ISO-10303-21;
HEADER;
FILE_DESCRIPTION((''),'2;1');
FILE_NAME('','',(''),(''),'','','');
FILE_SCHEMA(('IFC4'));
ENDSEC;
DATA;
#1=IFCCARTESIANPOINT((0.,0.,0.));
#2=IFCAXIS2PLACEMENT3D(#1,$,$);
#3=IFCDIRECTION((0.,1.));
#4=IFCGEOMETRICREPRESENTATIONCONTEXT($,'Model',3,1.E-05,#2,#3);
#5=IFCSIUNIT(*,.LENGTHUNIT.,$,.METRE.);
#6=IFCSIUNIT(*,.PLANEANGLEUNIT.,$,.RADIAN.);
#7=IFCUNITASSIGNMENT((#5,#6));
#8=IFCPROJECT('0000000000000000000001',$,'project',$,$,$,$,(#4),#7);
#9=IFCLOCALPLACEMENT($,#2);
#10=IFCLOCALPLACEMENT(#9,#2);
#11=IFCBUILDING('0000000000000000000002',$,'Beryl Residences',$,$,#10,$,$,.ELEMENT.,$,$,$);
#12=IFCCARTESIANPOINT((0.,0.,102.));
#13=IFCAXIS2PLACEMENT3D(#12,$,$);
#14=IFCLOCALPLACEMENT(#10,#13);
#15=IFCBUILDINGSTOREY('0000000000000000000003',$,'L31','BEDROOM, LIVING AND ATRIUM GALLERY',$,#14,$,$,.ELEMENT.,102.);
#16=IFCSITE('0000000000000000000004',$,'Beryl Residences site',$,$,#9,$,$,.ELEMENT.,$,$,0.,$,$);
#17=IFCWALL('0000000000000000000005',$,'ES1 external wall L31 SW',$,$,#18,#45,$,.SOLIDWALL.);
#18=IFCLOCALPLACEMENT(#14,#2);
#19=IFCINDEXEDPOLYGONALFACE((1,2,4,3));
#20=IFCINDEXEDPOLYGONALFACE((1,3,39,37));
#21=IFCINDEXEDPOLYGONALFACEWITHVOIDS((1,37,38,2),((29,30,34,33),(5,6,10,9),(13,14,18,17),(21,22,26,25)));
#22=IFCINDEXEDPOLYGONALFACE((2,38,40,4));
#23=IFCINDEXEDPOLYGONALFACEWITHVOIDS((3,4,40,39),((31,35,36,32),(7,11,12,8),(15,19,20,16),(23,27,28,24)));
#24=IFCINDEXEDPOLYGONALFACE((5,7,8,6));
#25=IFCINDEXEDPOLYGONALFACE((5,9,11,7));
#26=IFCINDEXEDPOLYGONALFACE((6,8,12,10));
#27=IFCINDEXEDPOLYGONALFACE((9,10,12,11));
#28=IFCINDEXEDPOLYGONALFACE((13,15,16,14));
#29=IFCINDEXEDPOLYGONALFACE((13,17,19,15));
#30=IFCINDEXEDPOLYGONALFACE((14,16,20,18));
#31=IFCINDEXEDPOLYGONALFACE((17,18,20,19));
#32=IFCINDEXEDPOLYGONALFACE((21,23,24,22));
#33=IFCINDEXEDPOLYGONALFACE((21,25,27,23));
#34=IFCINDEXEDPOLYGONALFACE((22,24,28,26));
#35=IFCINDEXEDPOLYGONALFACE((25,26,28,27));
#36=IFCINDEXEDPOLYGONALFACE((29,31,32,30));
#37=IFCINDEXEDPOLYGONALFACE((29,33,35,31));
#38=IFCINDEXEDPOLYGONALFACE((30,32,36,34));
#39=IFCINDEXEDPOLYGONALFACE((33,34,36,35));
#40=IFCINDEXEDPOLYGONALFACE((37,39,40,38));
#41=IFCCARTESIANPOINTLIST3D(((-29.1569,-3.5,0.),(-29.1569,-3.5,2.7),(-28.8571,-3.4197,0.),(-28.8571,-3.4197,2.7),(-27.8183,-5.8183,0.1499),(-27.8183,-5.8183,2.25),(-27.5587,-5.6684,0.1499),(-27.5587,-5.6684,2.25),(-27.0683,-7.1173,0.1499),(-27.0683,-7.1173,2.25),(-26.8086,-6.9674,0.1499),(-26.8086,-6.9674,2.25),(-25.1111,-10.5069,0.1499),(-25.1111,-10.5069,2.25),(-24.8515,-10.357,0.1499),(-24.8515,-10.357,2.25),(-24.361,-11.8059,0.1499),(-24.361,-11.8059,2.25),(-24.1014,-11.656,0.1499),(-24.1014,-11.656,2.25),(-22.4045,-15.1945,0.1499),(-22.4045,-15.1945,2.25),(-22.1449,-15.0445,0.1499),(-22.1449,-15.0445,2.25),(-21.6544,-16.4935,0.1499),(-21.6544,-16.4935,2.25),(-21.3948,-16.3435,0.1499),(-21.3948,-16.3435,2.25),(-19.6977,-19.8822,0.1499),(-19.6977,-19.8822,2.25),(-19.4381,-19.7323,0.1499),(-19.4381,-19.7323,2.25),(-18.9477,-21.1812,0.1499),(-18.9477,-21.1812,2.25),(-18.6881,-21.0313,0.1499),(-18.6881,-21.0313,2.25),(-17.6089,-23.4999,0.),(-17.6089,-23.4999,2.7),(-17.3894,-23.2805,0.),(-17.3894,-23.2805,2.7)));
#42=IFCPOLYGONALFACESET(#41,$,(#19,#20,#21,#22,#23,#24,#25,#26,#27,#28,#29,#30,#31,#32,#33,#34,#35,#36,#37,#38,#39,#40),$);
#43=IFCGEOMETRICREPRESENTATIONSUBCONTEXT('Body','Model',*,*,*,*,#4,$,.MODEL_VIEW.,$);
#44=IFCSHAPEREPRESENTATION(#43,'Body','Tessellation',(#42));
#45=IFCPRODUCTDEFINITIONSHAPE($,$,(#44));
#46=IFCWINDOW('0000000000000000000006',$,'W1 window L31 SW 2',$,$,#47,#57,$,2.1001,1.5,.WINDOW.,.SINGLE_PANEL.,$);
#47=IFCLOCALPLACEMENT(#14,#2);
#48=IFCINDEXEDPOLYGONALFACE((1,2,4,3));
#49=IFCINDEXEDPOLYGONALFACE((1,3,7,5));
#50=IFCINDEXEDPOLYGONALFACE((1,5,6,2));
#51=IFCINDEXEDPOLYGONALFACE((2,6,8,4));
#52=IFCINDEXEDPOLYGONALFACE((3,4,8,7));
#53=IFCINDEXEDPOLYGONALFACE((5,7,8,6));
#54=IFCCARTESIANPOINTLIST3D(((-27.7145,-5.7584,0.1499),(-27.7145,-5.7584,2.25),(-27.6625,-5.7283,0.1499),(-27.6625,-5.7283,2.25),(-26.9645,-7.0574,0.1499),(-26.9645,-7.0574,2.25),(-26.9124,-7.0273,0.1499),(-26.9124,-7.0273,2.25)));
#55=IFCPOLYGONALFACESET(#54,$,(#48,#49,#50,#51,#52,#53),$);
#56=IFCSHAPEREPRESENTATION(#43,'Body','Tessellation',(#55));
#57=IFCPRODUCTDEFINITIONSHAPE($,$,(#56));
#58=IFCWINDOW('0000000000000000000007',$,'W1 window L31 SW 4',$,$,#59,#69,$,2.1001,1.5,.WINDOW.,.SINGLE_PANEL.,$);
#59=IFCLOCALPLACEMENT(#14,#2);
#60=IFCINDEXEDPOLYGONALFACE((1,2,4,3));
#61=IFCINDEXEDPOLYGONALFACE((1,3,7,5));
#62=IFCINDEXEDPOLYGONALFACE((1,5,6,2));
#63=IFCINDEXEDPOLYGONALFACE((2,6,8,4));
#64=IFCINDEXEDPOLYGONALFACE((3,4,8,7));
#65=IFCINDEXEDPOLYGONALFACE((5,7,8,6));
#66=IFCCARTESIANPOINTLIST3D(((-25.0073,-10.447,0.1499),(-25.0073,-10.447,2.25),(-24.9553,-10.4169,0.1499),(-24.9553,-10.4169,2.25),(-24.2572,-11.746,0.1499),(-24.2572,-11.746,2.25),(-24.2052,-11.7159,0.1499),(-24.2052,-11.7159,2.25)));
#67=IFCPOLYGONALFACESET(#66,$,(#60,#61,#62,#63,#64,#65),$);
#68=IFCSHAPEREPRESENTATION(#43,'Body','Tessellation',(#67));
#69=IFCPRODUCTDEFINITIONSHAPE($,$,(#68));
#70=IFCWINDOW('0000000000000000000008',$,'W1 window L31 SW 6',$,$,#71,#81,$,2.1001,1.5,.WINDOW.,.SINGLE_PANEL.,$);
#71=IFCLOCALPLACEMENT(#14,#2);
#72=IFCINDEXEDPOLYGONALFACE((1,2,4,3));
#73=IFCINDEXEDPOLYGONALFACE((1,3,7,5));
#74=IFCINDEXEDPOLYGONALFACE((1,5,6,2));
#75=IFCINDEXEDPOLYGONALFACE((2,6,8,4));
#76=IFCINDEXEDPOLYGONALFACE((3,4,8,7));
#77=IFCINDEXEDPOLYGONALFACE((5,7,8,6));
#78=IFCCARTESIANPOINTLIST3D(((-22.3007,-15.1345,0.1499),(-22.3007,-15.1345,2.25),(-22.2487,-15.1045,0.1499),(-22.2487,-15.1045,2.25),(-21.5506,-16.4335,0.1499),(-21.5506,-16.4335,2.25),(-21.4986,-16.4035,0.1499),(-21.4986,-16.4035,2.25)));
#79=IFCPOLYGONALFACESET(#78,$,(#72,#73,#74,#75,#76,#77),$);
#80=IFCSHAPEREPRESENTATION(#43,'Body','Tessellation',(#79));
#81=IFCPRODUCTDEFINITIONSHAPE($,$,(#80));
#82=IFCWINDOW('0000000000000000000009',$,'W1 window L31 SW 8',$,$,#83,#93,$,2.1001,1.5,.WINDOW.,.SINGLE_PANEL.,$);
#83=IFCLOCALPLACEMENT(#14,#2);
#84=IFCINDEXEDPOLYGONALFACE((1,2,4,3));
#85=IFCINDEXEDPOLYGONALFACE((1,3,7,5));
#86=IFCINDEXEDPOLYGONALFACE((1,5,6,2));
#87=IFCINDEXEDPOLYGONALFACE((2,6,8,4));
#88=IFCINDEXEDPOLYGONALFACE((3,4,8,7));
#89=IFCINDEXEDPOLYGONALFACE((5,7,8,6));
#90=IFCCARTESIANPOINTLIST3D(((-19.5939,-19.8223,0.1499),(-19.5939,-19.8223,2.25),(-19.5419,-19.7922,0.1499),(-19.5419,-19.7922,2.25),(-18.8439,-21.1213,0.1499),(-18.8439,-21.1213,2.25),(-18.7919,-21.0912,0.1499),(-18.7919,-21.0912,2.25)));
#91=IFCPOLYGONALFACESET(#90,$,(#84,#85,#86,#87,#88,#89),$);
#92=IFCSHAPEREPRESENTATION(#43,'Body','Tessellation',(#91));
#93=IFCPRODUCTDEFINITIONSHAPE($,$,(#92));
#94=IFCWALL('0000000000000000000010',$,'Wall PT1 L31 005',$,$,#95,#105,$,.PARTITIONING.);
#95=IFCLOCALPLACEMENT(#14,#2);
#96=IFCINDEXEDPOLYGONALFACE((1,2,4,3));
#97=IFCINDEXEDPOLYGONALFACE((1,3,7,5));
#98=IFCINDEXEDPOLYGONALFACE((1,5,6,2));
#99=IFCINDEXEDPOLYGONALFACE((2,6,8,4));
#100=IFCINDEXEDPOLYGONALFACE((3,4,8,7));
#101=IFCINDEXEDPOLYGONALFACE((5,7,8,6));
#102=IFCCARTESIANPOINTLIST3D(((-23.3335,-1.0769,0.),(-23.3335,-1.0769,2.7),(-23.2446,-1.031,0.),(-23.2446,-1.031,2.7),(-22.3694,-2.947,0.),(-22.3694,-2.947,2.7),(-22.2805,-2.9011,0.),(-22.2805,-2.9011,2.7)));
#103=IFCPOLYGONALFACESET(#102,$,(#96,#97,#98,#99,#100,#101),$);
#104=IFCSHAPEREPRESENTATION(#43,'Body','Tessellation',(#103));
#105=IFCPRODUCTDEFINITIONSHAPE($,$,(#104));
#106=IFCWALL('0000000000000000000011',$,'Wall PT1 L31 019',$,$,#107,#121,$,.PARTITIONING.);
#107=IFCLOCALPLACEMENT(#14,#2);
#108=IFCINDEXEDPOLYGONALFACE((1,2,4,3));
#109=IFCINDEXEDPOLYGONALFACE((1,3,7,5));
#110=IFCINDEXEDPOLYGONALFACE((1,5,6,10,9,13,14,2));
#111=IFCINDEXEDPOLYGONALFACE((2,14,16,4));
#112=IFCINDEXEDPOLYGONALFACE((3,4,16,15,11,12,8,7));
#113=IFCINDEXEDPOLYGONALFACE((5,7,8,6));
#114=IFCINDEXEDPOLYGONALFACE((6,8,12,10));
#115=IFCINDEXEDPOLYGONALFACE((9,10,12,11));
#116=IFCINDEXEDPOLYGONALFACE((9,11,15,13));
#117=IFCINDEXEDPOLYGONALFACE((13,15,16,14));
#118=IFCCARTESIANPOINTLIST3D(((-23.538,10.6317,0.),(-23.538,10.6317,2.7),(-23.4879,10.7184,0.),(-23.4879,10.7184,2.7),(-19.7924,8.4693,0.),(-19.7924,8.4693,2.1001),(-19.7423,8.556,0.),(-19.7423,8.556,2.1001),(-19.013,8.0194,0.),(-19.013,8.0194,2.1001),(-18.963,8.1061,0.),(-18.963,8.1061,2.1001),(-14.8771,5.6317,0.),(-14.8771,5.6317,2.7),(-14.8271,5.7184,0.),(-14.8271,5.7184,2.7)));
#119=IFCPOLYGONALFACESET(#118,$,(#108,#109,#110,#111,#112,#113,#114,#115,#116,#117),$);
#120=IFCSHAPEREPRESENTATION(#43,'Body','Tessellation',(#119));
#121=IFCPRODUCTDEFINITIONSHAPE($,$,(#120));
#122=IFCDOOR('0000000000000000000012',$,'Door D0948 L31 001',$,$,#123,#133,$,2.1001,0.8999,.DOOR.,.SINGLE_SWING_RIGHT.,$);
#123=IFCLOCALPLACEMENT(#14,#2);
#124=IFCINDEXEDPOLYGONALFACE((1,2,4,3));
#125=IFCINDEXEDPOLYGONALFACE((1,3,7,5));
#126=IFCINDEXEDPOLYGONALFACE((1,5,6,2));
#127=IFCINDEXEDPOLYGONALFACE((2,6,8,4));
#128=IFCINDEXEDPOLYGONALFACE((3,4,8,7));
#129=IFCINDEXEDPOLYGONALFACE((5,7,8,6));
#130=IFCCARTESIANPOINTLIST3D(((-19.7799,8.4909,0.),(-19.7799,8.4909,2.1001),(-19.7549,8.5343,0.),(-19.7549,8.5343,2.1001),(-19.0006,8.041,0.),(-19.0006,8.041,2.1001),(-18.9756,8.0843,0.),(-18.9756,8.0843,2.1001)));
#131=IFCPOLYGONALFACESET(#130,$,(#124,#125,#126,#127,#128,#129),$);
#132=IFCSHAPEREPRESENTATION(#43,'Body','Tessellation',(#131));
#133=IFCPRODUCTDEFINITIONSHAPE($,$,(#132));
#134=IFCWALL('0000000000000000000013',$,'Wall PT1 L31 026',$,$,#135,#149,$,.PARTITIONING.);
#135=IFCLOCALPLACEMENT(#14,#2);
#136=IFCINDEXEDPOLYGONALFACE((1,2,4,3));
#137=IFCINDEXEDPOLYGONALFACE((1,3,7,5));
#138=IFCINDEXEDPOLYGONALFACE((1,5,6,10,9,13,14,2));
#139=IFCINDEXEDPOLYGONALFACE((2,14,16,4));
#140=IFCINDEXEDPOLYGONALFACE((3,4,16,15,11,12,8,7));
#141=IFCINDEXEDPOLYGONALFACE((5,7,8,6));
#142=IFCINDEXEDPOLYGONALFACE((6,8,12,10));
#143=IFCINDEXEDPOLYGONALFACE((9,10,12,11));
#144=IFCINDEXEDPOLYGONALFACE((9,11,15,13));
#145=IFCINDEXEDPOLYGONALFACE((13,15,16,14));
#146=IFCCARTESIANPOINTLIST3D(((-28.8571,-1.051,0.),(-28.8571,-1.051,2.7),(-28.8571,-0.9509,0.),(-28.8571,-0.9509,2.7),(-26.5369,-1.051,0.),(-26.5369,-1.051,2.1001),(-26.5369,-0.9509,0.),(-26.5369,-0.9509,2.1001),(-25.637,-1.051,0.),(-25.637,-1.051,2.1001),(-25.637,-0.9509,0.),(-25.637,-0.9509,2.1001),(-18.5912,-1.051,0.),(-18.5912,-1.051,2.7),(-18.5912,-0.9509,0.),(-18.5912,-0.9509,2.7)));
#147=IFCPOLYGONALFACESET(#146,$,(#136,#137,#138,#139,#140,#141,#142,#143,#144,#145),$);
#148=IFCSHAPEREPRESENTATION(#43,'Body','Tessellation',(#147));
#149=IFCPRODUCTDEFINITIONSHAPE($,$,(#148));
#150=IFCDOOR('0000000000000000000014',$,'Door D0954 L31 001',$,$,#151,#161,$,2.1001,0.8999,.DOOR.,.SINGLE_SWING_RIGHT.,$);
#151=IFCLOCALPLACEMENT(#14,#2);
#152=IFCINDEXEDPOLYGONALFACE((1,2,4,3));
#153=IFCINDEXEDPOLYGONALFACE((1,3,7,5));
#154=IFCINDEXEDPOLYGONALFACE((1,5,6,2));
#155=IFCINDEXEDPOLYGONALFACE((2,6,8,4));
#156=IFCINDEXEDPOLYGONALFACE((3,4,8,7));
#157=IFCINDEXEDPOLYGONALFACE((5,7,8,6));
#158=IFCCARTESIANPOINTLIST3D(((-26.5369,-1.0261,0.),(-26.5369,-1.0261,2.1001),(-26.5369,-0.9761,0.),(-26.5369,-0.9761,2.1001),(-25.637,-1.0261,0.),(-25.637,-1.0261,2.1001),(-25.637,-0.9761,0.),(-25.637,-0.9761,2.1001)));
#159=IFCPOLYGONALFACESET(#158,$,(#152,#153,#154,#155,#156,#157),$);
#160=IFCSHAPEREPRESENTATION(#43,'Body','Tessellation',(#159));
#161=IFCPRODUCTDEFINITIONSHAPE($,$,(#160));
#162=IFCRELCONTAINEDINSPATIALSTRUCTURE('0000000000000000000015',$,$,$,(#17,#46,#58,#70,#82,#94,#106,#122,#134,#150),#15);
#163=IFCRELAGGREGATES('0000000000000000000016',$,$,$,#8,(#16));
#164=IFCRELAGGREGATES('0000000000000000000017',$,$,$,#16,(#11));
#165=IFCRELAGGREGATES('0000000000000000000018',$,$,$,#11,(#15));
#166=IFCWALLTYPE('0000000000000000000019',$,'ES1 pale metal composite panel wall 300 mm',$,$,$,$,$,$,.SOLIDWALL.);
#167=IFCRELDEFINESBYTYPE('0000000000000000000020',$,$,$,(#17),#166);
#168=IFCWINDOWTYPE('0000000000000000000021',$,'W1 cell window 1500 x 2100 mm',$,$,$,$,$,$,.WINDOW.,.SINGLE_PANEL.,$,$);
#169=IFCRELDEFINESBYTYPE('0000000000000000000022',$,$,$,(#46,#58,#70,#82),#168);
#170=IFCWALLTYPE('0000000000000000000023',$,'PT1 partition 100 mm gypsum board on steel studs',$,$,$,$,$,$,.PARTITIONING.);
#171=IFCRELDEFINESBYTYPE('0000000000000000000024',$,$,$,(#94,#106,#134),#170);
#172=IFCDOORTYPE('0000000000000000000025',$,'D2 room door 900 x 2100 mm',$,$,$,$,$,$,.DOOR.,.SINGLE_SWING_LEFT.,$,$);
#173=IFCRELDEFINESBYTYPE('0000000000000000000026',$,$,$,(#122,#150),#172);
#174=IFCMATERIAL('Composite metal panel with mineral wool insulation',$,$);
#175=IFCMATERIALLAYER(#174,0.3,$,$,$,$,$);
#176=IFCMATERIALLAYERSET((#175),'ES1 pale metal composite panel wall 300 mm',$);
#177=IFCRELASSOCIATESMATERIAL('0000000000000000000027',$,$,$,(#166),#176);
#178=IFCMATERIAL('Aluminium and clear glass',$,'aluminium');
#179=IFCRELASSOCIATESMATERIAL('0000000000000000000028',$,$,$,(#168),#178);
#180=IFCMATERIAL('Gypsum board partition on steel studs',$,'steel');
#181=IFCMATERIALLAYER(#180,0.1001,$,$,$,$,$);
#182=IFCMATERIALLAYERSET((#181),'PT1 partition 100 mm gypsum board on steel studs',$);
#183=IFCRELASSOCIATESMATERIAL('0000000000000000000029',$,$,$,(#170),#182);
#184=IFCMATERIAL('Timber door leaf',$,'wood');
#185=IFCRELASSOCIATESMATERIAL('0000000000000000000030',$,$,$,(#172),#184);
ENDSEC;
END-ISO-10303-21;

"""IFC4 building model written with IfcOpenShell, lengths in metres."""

from ifc_helpers import new_model, si_unit, direction, frame, frame_2d, origin, place, context, subcontext, project, spatial, polyline, rectangle, outline, extrude, material, layer, layer_set, type_object, element, fill, save


model = new_model("IFC4")

# Units and contexts
model_context = context("Model", 3, precision=1e-05, world=origin(), true_north=direction((0.0, 1.0)))
body_context = subcontext(model_context, "Body", "Model", "MODEL_VIEW")
ifc_project = project(units=[si_unit("LENGTHUNIT", "METRE"), si_unit("PLANEANGLEUNIT", "RADIAN")], contexts=[model_context])

# Site, building, storey
site_placement = place(None, origin())
site = spatial("IfcSite", under=ifc_project, at=site_placement, Name="Beryl Residences site", CompositionType="ELEMENT", RefElevation=0.0)
building_placement = place(site_placement, origin())
building = spatial("IfcBuilding", under=site, at=building_placement, Name="Beryl Residences", CompositionType="ELEMENT")
storey_placement = place(building_placement, frame((0.0, 0.0, 102.0)))
storey = spatial("IfcBuildingStorey", under=building, at=storey_placement, Name="L31", Description="BEDROOM, LIVING AND ATRIUM GALLERY", CompositionType="ELEMENT", Elevation=102.0)

# Shared definitions
ifc_material_1 = material(Name="Composite metal panel with mineral wool insulation")
ifc_layer_1 = layer(ifc_material_1, 0.3)
ifc_layer_set_1 = layer_set([ifc_layer_1], Name="ES1 pale metal composite panel wall 300 mm")
wall_type_1 = type_object("IfcWallType", Name="ES1 pale metal composite panel wall 300 mm", PredefinedType="SOLIDWALL", material=ifc_layer_set_1)

# Wall, openings, windows
wall_1_placement = place(storey_placement, frame((-29.0271, -3.425, 0.0), z_axis=(0.0, 0.0, 1.0), x_axis=(0.500035, -0.866005, 0.0)))
wall_1 = element("IfcWall", 1, at=wall_1_placement, inside=storey, type_object=wall_type_1, Name="ES1 external wall L31 SW", PredefinedType="SOLIDWALL", context=body_context, shape_type="SweptSolid", body=[
    extrude(outline(polyline([(0.0, -0.1499), (23.0945, -0.1499), (23.0142, 0.1499), (0.0803, 0.1499), (0.0, -0.1499)])), origin(), (0.0, 0.0, 1.0), 2.7),
])
opening_1_placement = place(wall_1_placement, frame((2.677, 0.0, 0.1499)))
opening_1 = element("IfcOpeningElement", 2, at=opening_1_placement, cuts=wall_1, PredefinedType="OPENING", context=body_context, shape_type="SweptSolid", body=[
    extrude(rectangle(XDim=1.5, YDim=2.1001, at=frame_2d((0.75, 1.05))), frame((0.0, 0.1599, 0.0), z_axis=(0.0, -1.0, 0.0), x_axis=(1.0, 0.0, 0.0)), (0.0, 0.0, 1.0), 0.3201),
])
opening_2_placement = place(wall_1_placement, frame((8.0911, 0.0, 0.1499)))
opening_2 = element("IfcOpeningElement", 3, at=opening_2_placement, cuts=wall_1, PredefinedType="OPENING", context=body_context, shape_type="SweptSolid", body=[
    extrude(rectangle(XDim=1.5, YDim=2.1001, at=frame_2d((0.75, 1.05))), frame((0.0, 0.1599, 0.0), z_axis=(0.0, -1.0, 0.0), x_axis=(1.0, 0.0, 0.0)), (0.0, 0.0, 1.0), 0.3201),
])
opening_3_placement = place(wall_1_placement, frame((13.5039, 0.0, 0.1499)))
opening_3 = element("IfcOpeningElement", 4, at=opening_3_placement, cuts=wall_1, PredefinedType="OPENING", context=body_context, shape_type="SweptSolid", body=[
    extrude(rectangle(XDim=1.5, YDim=2.1001, at=frame_2d((0.75, 1.05))), frame((0.0, 0.1599, 0.0), z_axis=(0.0, -1.0, 0.0), x_axis=(1.0, 0.0, 0.0)), (0.0, 0.0, 1.0), 0.3201),
])
opening_4_placement = place(wall_1_placement, frame((18.917, 0.0, 0.1499)))
opening_4 = element("IfcOpeningElement", 5, at=opening_4_placement, cuts=wall_1, PredefinedType="OPENING", context=body_context, shape_type="SweptSolid", body=[
    extrude(rectangle(XDim=1.5, YDim=2.1001, at=frame_2d((0.75, 1.05))), frame((0.0, 0.1599, 0.0), z_axis=(0.0, -1.0, 0.0), x_axis=(1.0, 0.0, 0.0)), (0.0, 0.0, 1.0), 0.3201),
])
ifc_material_2 = material(Name="Aluminium and clear glass", Category="aluminium")
window_type_1 = type_object("IfcWindowType", Name="W1 cell window 1500 x 2100 mm", PartitioningType="SINGLE_PANEL", PredefinedType="WINDOW", material=ifc_material_2)
window_1_placement = place(opening_1_placement, origin())
window_1 = element("IfcWindow", 6, at=window_1_placement, inside=storey, type_object=window_type_1, Name="W1 window L31 SW 2", OverallHeight=2.1001, OverallWidth=1.5, PartitioningType="SINGLE_PANEL", PredefinedType="WINDOW", context=body_context, shape_type="SweptSolid", body=[
    extrude(rectangle(XDim=1.5, YDim=2.1001, at=frame_2d((0.75, 1.05))), frame((0.0, 0.03, 0.0), z_axis=(0.0, -1.0, 0.0), x_axis=(1.0, 0.0, 0.0)), (0.0, 0.0, 1.0), 0.0601),
])
fill(opening_1, window_1)
window_2_placement = place(opening_2_placement, origin())
window_2 = element("IfcWindow", 7, at=window_2_placement, inside=storey, type_object=window_type_1, Name="W1 window L31 SW 4", OverallHeight=2.1001, OverallWidth=1.5, PartitioningType="SINGLE_PANEL", PredefinedType="WINDOW", context=body_context, shape_type="SweptSolid", body=[
    extrude(rectangle(XDim=1.5, YDim=2.1001, at=frame_2d((0.75, 1.05))), frame((0.0, 0.03, 0.0), z_axis=(0.0, -1.0, 0.0), x_axis=(1.0, 0.0, 0.0)), (0.0, 0.0, 1.0), 0.0601),
])
fill(opening_2, window_2)
window_3_placement = place(opening_3_placement, origin())
window_3 = element("IfcWindow", 8, at=window_3_placement, inside=storey, type_object=window_type_1, Name="W1 window L31 SW 6", OverallHeight=2.1001, OverallWidth=1.5, PartitioningType="SINGLE_PANEL", PredefinedType="WINDOW", context=body_context, shape_type="SweptSolid", body=[
    extrude(rectangle(XDim=1.5, YDim=2.1001, at=frame_2d((0.75, 1.05))), frame((0.0, 0.03, 0.0), z_axis=(0.0, -1.0, 0.0), x_axis=(1.0, 0.0, 0.0)), (0.0, 0.0, 1.0), 0.0601),
])
fill(opening_3, window_3)
window_4_placement = place(opening_4_placement, origin())
window_4 = element("IfcWindow", 9, at=window_4_placement, inside=storey, type_object=window_type_1, Name="W1 window L31 SW 8", OverallHeight=2.1001, OverallWidth=1.5, PartitioningType="SINGLE_PANEL", PredefinedType="WINDOW", context=body_context, shape_type="SweptSolid", body=[
    extrude(rectangle(XDim=1.5, YDim=2.1001, at=frame_2d((0.75, 1.05))), frame((0.0, 0.03, 0.0), z_axis=(0.0, -1.0, 0.0), x_axis=(1.0, 0.0, 0.0)), (0.0, 0.0, 1.0), 0.0601),
])
fill(opening_4, window_4)

# Wall
ifc_material_3 = material(Name="Gypsum board partition on steel studs", Category="steel")
ifc_layer_2 = layer(ifc_material_3, 0.1001)
ifc_layer_set_2 = layer_set([ifc_layer_2], Name="PT1 partition 100 mm gypsum board on steel studs")
wall_type_2 = type_object("IfcWallType", Name="PT1 partition 100 mm gypsum board on steel studs", PredefinedType="PARTITIONING", material=ifc_layer_set_2)
wall_2_placement = place(storey_placement, frame((-23.2891, -1.054, 0.0), z_axis=(0.0, 0.0, 1.0), x_axis=(0.458226, -0.888836, 0.0)))
element("IfcWall", 10, at=wall_2_placement, inside=storey, type_object=wall_type_2, Name="Wall PT1 L31 005", PredefinedType="PARTITIONING", context=body_context, shape_type="SweptSolid", body=[
    extrude(rectangle(XDim=2.104, YDim=0.1001, at=frame_2d((1.052, 0.0))), origin(), (0.0, 0.0, 1.0), 2.7),
])

# Walls, openings, doors
wall_3_placement = place(storey_placement, frame((-23.5129, 10.675, 0.0), z_axis=(0.0, 0.0, 1.0), x_axis=(0.866041, -0.499973, 0.0)))
wall_3 = element("IfcWall", 11, at=wall_3_placement, inside=storey, type_object=wall_type_2, Name="Wall PT1 L31 019", PredefinedType="PARTITIONING", context=body_context, shape_type="SweptSolid", body=[
    extrude(rectangle(XDim=10.0005, YDim=0.1001, at=frame_2d((5.0002, 0.0))), origin(), (0.0, 0.0, 1.0), 2.7),
])
opening_5_placement = place(wall_3_placement, frame((4.325, 0.0, 0.0)))
opening_5 = element("IfcOpeningElement", 12, at=opening_5_placement, cuts=wall_3, PredefinedType="OPENING", context=body_context, shape_type="SweptSolid", body=[
    extrude(rectangle(XDim=0.8999, YDim=2.1001, at=frame_2d((0.45, 1.05))), frame((0.0, 0.0601, 0.0), z_axis=(0.0, -1.0, 0.0), x_axis=(1.0, 0.0, 0.0)), (0.0, 0.0, 1.0), 0.1201),
])
ifc_material_4 = material(Name="Timber door leaf", Category="wood")
door_type_1 = type_object("IfcDoorType", Name="D2 room door 900 x 2100 mm", OperationType="SINGLE_SWING_LEFT", PredefinedType="DOOR", material=ifc_material_4)
door_1_placement = place(opening_5_placement, origin())
door_1 = element("IfcDoor", 13, at=door_1_placement, inside=storey, type_object=door_type_1, Name="Door D0948 L31 001", OperationType="SINGLE_SWING_RIGHT", OverallHeight=2.1001, OverallWidth=0.8999, PredefinedType="DOOR", context=body_context, shape_type="SweptSolid", body=[
    extrude(rectangle(XDim=0.8999, YDim=2.1001, at=frame_2d((0.45, 1.05))), frame((0.0, 0.0249, 0.0), z_axis=(0.0, -1.0, 0.0), x_axis=(1.0, 0.0, 0.0)), (0.0, 0.0, 1.0), 0.05),
])
fill(opening_5, door_1)
wall_4_placement = place(storey_placement, frame((-28.8569, -1.001, 0.0), z_axis=(0.0, 0.0, 1.0), x_axis=(1.0, 0.0, 0.0)))
wall_4 = element("IfcWall", 14, at=wall_4_placement, inside=storey, type_object=wall_type_2, Name="Wall PT1 L31 026", PredefinedType="PARTITIONING", context=body_context, shape_type="SweptSolid", body=[
    extrude(rectangle(XDim=10.2659, YDim=0.1001, at=frame_2d((5.1328, 0.0))), origin(), (0.0, 0.0, 1.0), 2.7),
])
opening_6_placement = place(wall_4_placement, frame((2.3201, 0.0, 0.0)))
opening_6 = element("IfcOpeningElement", 15, at=opening_6_placement, cuts=wall_4, PredefinedType="OPENING", context=body_context, shape_type="SweptSolid", body=[
    extrude(rectangle(XDim=0.8999, YDim=2.1001, at=frame_2d((0.45, 1.05))), frame((0.0, 0.0601, 0.0), z_axis=(0.0, -1.0, 0.0), x_axis=(1.0, 0.0, 0.0)), (0.0, 0.0, 1.0), 0.1201),
])
door_2_placement = place(opening_6_placement, origin())
door_2 = element("IfcDoor", 16, at=door_2_placement, inside=storey, type_object=door_type_1, Name="Door D0954 L31 001", OperationType="SINGLE_SWING_RIGHT", OverallHeight=2.1001, OverallWidth=0.8999, PredefinedType="DOOR", context=body_context, shape_type="SweptSolid", body=[
    extrude(rectangle(XDim=0.8999, YDim=2.1001, at=frame_2d((0.45, 1.05))), frame((0.0, 0.0249, 0.0), z_axis=(0.0, -1.0, 0.0), x_axis=(1.0, 0.0, 0.0)), (0.0, 0.0, 1.0), 0.05),
])
fill(opening_6, door_2)

save(model, "model.ifc")
